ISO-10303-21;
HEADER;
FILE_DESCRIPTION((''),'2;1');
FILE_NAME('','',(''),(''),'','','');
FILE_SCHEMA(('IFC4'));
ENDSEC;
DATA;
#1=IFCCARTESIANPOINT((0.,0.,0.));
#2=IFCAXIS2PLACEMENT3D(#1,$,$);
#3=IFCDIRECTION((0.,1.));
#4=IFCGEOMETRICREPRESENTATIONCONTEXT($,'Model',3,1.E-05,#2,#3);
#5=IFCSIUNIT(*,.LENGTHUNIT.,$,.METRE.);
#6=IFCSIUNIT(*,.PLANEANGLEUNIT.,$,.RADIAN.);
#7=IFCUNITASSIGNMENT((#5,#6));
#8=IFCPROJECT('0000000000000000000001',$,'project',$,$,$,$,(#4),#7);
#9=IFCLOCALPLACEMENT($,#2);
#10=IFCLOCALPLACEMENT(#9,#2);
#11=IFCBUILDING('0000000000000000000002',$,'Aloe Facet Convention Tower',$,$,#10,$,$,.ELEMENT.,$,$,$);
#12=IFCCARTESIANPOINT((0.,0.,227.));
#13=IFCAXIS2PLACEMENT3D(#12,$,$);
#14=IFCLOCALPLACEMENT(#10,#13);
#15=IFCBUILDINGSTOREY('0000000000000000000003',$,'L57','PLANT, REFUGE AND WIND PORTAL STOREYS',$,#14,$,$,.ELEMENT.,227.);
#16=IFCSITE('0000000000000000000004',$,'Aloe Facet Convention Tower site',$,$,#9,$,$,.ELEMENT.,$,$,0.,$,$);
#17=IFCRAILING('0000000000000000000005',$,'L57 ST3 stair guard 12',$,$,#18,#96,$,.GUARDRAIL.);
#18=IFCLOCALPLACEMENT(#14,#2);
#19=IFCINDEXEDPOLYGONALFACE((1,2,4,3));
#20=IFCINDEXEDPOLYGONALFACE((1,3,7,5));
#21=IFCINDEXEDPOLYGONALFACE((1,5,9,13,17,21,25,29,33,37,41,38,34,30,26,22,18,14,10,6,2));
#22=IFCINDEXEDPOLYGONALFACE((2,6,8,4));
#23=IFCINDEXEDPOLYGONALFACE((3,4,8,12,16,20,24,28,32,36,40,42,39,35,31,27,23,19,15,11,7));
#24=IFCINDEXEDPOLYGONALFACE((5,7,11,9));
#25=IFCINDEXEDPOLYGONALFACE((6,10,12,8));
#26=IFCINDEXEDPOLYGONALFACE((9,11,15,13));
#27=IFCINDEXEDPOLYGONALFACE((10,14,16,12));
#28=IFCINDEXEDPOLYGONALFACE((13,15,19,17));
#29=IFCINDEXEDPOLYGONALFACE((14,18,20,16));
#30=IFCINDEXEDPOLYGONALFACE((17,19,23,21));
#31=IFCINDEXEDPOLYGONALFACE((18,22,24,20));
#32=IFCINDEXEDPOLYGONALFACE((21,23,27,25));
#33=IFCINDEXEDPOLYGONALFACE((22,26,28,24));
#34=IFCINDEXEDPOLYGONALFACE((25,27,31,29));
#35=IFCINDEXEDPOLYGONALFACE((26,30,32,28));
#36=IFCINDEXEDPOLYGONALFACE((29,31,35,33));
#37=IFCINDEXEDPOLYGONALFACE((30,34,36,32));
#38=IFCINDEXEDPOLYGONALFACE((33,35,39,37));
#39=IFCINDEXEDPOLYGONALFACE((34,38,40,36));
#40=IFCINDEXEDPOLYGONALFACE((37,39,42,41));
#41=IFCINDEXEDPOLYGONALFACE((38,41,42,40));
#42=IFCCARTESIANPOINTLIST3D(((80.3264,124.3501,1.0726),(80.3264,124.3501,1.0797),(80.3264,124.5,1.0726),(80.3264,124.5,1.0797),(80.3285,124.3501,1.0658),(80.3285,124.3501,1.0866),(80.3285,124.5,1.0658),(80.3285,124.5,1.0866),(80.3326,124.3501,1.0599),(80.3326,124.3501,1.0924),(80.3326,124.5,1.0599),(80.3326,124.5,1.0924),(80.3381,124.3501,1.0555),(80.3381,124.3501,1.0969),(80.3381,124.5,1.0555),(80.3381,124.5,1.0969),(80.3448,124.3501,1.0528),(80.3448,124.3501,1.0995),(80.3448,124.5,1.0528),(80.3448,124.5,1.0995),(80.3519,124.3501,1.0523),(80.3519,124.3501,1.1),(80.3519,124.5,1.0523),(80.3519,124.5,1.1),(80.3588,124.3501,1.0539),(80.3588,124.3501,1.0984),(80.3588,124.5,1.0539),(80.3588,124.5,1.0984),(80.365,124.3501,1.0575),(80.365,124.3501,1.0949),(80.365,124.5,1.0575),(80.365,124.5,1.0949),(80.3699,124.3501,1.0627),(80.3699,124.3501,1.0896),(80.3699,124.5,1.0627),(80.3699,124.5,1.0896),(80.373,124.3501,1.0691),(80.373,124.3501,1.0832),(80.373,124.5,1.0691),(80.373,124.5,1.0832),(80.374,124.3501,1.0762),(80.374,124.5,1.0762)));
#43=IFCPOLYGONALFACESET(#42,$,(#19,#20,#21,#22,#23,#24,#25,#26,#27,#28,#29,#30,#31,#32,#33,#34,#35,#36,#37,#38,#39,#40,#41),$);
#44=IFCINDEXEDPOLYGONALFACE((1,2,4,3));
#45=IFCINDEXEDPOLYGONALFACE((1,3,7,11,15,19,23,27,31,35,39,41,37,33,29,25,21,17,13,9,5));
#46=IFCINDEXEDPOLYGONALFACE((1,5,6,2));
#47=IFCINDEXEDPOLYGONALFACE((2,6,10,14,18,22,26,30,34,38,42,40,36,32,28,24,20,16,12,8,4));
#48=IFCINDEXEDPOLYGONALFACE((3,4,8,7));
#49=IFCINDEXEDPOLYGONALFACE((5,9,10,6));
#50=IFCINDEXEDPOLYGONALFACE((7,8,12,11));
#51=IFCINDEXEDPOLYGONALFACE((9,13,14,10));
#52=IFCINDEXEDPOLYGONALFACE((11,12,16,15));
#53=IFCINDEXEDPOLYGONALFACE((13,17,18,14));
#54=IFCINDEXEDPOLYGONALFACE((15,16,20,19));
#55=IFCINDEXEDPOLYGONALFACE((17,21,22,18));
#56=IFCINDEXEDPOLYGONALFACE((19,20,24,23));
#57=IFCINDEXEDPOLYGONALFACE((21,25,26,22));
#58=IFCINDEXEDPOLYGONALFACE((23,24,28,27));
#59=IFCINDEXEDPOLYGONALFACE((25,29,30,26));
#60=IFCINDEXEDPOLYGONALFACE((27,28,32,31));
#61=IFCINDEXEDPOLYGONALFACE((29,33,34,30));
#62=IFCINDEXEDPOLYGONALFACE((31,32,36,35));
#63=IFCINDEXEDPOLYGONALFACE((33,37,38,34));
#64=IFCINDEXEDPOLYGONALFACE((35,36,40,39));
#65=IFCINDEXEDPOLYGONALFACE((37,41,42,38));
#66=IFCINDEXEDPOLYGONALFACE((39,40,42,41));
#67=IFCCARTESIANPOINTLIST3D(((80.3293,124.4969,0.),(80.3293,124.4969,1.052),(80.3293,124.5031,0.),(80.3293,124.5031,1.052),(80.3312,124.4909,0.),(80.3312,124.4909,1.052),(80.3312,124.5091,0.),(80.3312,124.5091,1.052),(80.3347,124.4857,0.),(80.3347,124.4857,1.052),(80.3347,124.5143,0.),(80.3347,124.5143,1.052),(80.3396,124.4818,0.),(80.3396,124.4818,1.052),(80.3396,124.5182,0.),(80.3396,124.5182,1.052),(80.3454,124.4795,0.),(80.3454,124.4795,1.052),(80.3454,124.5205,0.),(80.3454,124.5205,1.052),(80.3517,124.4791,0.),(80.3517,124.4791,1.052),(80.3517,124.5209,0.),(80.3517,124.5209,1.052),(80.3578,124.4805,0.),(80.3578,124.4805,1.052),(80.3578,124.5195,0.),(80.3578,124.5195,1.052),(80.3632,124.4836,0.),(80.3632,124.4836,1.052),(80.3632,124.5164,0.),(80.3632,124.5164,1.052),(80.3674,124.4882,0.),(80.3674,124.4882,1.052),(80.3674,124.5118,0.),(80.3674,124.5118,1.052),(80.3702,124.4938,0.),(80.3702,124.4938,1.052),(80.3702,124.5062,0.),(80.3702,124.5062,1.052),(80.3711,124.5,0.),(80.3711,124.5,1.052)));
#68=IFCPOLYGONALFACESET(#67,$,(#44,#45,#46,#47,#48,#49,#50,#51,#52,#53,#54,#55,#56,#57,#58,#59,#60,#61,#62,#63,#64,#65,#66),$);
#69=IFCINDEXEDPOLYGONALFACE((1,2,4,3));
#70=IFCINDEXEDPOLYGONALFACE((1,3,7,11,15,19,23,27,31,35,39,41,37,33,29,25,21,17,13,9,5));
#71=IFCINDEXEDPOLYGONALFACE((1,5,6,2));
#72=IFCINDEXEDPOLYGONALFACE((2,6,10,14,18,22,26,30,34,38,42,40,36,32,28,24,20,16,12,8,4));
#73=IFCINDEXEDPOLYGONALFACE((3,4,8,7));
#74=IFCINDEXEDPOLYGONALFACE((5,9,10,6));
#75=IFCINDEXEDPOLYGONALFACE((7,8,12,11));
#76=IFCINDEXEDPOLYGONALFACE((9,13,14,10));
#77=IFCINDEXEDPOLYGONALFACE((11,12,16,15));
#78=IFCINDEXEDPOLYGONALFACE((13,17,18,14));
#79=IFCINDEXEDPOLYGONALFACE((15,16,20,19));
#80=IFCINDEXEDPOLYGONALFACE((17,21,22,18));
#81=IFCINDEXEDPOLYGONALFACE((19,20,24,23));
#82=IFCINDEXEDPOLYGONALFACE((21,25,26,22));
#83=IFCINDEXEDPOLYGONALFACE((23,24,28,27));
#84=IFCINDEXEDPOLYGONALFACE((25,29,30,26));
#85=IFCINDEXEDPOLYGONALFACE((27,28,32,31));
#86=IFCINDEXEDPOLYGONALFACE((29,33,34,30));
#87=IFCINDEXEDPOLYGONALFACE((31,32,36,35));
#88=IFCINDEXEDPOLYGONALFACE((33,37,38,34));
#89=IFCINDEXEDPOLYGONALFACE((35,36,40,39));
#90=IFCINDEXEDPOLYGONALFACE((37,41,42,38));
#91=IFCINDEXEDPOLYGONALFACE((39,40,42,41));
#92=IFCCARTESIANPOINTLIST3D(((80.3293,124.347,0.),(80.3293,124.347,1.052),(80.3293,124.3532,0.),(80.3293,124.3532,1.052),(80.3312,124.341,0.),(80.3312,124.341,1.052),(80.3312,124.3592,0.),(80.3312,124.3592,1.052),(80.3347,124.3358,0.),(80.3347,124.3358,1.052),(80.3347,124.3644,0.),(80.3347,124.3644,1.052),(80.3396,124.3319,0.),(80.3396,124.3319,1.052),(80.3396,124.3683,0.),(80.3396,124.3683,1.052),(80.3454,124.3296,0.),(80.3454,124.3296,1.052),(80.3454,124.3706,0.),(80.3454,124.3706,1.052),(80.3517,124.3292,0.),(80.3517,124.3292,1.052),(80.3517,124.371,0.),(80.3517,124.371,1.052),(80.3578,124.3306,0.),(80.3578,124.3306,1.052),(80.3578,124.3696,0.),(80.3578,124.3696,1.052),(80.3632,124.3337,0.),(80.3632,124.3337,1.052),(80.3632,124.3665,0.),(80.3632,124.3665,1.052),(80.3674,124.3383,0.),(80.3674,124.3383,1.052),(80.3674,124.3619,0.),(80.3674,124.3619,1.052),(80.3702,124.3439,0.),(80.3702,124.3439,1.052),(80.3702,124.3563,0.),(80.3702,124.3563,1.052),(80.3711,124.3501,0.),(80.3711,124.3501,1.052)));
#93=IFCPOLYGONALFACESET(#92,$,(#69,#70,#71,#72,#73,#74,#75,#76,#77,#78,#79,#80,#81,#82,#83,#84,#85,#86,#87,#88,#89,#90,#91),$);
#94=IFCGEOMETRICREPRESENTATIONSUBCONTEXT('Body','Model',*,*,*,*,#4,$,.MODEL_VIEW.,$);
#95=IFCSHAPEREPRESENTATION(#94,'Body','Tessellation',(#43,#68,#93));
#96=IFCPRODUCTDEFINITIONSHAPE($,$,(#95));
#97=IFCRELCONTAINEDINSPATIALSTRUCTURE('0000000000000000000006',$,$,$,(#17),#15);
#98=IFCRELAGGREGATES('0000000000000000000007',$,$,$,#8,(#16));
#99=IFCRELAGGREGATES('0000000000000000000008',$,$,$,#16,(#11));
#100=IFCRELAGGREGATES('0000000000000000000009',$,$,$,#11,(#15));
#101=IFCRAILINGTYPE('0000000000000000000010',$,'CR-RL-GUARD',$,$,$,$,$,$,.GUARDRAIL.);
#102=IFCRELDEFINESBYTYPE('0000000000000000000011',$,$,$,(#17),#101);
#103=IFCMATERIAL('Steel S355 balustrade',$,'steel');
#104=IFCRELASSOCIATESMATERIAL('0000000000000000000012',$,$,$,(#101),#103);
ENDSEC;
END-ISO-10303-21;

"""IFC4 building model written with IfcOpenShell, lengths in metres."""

from ifc_helpers import new_model, si_unit, direction, frame, origin, origin_2d, place, context, subcontext, project, spatial, circle, extrude, material, type_object, element, save


model = new_model("IFC4")

# Units and contexts
model_context = context("Model", 3, precision=1e-05, world=origin(), true_north=direction((0.0, 1.0)))
body_context = subcontext(model_context, "Body", "Model", "MODEL_VIEW")
ifc_project = project(units=[si_unit("LENGTHUNIT", "METRE"), si_unit("PLANEANGLEUNIT", "RADIAN")], contexts=[model_context])

# Site, building, storey
site_placement = place(None, origin())
site = spatial("IfcSite", under=ifc_project, at=site_placement, Name="Aloe Facet Convention Tower site", CompositionType="ELEMENT", RefElevation=0.0)
building_placement = place(site_placement, origin())
building = spatial("IfcBuilding", under=site, at=building_placement, Name="Aloe Facet Convention Tower", CompositionType="ELEMENT")
storey_placement = place(building_placement, frame((0.0, 0.0, 227.0)))
storey = spatial("IfcBuildingStorey", under=building, at=storey_placement, Name="L57", Description="PLANT, REFUGE AND WIND PORTAL STOREYS", CompositionType="ELEMENT", Elevation=227.0)

# Railing
ifc_material_1 = material(Name="Steel S355 balustrade", Category="steel")
railing_type_1 = type_object("IfcRailingType", Name="CR-RL-GUARD", PredefinedType="GUARDRAIL", material=ifc_material_1)
railing_1_placement = place(storey_placement, frame((80.3501, 124.5, 0.0)))
element("IfcRailing", 1, at=railing_1_placement, inside=storey, type_object=railing_type_1, Name="L57 ST3 stair guard 12", PredefinedType="GUARDRAIL", context=body_context, shape_type="SweptSolid", body=[
    extrude(circle(Radius=0.0239, at=origin_2d()), frame((0.0, 0.0, 1.0762), z_axis=(0.0, -1.0, 0.0), x_axis=(1.0, 0.0, 0.0)), (0.0, 0.0, 1.0), 0.1499),
    extrude(circle(Radius=0.021, at=origin_2d()), origin(), (0.0, 0.0, 1.0), 1.052),
    extrude(circle(Radius=0.021, at=origin_2d()), frame((0.0, -0.1499, 0.0)), (0.0, 0.0, 1.0), 1.052),
])

save(model, "model.ifc")
